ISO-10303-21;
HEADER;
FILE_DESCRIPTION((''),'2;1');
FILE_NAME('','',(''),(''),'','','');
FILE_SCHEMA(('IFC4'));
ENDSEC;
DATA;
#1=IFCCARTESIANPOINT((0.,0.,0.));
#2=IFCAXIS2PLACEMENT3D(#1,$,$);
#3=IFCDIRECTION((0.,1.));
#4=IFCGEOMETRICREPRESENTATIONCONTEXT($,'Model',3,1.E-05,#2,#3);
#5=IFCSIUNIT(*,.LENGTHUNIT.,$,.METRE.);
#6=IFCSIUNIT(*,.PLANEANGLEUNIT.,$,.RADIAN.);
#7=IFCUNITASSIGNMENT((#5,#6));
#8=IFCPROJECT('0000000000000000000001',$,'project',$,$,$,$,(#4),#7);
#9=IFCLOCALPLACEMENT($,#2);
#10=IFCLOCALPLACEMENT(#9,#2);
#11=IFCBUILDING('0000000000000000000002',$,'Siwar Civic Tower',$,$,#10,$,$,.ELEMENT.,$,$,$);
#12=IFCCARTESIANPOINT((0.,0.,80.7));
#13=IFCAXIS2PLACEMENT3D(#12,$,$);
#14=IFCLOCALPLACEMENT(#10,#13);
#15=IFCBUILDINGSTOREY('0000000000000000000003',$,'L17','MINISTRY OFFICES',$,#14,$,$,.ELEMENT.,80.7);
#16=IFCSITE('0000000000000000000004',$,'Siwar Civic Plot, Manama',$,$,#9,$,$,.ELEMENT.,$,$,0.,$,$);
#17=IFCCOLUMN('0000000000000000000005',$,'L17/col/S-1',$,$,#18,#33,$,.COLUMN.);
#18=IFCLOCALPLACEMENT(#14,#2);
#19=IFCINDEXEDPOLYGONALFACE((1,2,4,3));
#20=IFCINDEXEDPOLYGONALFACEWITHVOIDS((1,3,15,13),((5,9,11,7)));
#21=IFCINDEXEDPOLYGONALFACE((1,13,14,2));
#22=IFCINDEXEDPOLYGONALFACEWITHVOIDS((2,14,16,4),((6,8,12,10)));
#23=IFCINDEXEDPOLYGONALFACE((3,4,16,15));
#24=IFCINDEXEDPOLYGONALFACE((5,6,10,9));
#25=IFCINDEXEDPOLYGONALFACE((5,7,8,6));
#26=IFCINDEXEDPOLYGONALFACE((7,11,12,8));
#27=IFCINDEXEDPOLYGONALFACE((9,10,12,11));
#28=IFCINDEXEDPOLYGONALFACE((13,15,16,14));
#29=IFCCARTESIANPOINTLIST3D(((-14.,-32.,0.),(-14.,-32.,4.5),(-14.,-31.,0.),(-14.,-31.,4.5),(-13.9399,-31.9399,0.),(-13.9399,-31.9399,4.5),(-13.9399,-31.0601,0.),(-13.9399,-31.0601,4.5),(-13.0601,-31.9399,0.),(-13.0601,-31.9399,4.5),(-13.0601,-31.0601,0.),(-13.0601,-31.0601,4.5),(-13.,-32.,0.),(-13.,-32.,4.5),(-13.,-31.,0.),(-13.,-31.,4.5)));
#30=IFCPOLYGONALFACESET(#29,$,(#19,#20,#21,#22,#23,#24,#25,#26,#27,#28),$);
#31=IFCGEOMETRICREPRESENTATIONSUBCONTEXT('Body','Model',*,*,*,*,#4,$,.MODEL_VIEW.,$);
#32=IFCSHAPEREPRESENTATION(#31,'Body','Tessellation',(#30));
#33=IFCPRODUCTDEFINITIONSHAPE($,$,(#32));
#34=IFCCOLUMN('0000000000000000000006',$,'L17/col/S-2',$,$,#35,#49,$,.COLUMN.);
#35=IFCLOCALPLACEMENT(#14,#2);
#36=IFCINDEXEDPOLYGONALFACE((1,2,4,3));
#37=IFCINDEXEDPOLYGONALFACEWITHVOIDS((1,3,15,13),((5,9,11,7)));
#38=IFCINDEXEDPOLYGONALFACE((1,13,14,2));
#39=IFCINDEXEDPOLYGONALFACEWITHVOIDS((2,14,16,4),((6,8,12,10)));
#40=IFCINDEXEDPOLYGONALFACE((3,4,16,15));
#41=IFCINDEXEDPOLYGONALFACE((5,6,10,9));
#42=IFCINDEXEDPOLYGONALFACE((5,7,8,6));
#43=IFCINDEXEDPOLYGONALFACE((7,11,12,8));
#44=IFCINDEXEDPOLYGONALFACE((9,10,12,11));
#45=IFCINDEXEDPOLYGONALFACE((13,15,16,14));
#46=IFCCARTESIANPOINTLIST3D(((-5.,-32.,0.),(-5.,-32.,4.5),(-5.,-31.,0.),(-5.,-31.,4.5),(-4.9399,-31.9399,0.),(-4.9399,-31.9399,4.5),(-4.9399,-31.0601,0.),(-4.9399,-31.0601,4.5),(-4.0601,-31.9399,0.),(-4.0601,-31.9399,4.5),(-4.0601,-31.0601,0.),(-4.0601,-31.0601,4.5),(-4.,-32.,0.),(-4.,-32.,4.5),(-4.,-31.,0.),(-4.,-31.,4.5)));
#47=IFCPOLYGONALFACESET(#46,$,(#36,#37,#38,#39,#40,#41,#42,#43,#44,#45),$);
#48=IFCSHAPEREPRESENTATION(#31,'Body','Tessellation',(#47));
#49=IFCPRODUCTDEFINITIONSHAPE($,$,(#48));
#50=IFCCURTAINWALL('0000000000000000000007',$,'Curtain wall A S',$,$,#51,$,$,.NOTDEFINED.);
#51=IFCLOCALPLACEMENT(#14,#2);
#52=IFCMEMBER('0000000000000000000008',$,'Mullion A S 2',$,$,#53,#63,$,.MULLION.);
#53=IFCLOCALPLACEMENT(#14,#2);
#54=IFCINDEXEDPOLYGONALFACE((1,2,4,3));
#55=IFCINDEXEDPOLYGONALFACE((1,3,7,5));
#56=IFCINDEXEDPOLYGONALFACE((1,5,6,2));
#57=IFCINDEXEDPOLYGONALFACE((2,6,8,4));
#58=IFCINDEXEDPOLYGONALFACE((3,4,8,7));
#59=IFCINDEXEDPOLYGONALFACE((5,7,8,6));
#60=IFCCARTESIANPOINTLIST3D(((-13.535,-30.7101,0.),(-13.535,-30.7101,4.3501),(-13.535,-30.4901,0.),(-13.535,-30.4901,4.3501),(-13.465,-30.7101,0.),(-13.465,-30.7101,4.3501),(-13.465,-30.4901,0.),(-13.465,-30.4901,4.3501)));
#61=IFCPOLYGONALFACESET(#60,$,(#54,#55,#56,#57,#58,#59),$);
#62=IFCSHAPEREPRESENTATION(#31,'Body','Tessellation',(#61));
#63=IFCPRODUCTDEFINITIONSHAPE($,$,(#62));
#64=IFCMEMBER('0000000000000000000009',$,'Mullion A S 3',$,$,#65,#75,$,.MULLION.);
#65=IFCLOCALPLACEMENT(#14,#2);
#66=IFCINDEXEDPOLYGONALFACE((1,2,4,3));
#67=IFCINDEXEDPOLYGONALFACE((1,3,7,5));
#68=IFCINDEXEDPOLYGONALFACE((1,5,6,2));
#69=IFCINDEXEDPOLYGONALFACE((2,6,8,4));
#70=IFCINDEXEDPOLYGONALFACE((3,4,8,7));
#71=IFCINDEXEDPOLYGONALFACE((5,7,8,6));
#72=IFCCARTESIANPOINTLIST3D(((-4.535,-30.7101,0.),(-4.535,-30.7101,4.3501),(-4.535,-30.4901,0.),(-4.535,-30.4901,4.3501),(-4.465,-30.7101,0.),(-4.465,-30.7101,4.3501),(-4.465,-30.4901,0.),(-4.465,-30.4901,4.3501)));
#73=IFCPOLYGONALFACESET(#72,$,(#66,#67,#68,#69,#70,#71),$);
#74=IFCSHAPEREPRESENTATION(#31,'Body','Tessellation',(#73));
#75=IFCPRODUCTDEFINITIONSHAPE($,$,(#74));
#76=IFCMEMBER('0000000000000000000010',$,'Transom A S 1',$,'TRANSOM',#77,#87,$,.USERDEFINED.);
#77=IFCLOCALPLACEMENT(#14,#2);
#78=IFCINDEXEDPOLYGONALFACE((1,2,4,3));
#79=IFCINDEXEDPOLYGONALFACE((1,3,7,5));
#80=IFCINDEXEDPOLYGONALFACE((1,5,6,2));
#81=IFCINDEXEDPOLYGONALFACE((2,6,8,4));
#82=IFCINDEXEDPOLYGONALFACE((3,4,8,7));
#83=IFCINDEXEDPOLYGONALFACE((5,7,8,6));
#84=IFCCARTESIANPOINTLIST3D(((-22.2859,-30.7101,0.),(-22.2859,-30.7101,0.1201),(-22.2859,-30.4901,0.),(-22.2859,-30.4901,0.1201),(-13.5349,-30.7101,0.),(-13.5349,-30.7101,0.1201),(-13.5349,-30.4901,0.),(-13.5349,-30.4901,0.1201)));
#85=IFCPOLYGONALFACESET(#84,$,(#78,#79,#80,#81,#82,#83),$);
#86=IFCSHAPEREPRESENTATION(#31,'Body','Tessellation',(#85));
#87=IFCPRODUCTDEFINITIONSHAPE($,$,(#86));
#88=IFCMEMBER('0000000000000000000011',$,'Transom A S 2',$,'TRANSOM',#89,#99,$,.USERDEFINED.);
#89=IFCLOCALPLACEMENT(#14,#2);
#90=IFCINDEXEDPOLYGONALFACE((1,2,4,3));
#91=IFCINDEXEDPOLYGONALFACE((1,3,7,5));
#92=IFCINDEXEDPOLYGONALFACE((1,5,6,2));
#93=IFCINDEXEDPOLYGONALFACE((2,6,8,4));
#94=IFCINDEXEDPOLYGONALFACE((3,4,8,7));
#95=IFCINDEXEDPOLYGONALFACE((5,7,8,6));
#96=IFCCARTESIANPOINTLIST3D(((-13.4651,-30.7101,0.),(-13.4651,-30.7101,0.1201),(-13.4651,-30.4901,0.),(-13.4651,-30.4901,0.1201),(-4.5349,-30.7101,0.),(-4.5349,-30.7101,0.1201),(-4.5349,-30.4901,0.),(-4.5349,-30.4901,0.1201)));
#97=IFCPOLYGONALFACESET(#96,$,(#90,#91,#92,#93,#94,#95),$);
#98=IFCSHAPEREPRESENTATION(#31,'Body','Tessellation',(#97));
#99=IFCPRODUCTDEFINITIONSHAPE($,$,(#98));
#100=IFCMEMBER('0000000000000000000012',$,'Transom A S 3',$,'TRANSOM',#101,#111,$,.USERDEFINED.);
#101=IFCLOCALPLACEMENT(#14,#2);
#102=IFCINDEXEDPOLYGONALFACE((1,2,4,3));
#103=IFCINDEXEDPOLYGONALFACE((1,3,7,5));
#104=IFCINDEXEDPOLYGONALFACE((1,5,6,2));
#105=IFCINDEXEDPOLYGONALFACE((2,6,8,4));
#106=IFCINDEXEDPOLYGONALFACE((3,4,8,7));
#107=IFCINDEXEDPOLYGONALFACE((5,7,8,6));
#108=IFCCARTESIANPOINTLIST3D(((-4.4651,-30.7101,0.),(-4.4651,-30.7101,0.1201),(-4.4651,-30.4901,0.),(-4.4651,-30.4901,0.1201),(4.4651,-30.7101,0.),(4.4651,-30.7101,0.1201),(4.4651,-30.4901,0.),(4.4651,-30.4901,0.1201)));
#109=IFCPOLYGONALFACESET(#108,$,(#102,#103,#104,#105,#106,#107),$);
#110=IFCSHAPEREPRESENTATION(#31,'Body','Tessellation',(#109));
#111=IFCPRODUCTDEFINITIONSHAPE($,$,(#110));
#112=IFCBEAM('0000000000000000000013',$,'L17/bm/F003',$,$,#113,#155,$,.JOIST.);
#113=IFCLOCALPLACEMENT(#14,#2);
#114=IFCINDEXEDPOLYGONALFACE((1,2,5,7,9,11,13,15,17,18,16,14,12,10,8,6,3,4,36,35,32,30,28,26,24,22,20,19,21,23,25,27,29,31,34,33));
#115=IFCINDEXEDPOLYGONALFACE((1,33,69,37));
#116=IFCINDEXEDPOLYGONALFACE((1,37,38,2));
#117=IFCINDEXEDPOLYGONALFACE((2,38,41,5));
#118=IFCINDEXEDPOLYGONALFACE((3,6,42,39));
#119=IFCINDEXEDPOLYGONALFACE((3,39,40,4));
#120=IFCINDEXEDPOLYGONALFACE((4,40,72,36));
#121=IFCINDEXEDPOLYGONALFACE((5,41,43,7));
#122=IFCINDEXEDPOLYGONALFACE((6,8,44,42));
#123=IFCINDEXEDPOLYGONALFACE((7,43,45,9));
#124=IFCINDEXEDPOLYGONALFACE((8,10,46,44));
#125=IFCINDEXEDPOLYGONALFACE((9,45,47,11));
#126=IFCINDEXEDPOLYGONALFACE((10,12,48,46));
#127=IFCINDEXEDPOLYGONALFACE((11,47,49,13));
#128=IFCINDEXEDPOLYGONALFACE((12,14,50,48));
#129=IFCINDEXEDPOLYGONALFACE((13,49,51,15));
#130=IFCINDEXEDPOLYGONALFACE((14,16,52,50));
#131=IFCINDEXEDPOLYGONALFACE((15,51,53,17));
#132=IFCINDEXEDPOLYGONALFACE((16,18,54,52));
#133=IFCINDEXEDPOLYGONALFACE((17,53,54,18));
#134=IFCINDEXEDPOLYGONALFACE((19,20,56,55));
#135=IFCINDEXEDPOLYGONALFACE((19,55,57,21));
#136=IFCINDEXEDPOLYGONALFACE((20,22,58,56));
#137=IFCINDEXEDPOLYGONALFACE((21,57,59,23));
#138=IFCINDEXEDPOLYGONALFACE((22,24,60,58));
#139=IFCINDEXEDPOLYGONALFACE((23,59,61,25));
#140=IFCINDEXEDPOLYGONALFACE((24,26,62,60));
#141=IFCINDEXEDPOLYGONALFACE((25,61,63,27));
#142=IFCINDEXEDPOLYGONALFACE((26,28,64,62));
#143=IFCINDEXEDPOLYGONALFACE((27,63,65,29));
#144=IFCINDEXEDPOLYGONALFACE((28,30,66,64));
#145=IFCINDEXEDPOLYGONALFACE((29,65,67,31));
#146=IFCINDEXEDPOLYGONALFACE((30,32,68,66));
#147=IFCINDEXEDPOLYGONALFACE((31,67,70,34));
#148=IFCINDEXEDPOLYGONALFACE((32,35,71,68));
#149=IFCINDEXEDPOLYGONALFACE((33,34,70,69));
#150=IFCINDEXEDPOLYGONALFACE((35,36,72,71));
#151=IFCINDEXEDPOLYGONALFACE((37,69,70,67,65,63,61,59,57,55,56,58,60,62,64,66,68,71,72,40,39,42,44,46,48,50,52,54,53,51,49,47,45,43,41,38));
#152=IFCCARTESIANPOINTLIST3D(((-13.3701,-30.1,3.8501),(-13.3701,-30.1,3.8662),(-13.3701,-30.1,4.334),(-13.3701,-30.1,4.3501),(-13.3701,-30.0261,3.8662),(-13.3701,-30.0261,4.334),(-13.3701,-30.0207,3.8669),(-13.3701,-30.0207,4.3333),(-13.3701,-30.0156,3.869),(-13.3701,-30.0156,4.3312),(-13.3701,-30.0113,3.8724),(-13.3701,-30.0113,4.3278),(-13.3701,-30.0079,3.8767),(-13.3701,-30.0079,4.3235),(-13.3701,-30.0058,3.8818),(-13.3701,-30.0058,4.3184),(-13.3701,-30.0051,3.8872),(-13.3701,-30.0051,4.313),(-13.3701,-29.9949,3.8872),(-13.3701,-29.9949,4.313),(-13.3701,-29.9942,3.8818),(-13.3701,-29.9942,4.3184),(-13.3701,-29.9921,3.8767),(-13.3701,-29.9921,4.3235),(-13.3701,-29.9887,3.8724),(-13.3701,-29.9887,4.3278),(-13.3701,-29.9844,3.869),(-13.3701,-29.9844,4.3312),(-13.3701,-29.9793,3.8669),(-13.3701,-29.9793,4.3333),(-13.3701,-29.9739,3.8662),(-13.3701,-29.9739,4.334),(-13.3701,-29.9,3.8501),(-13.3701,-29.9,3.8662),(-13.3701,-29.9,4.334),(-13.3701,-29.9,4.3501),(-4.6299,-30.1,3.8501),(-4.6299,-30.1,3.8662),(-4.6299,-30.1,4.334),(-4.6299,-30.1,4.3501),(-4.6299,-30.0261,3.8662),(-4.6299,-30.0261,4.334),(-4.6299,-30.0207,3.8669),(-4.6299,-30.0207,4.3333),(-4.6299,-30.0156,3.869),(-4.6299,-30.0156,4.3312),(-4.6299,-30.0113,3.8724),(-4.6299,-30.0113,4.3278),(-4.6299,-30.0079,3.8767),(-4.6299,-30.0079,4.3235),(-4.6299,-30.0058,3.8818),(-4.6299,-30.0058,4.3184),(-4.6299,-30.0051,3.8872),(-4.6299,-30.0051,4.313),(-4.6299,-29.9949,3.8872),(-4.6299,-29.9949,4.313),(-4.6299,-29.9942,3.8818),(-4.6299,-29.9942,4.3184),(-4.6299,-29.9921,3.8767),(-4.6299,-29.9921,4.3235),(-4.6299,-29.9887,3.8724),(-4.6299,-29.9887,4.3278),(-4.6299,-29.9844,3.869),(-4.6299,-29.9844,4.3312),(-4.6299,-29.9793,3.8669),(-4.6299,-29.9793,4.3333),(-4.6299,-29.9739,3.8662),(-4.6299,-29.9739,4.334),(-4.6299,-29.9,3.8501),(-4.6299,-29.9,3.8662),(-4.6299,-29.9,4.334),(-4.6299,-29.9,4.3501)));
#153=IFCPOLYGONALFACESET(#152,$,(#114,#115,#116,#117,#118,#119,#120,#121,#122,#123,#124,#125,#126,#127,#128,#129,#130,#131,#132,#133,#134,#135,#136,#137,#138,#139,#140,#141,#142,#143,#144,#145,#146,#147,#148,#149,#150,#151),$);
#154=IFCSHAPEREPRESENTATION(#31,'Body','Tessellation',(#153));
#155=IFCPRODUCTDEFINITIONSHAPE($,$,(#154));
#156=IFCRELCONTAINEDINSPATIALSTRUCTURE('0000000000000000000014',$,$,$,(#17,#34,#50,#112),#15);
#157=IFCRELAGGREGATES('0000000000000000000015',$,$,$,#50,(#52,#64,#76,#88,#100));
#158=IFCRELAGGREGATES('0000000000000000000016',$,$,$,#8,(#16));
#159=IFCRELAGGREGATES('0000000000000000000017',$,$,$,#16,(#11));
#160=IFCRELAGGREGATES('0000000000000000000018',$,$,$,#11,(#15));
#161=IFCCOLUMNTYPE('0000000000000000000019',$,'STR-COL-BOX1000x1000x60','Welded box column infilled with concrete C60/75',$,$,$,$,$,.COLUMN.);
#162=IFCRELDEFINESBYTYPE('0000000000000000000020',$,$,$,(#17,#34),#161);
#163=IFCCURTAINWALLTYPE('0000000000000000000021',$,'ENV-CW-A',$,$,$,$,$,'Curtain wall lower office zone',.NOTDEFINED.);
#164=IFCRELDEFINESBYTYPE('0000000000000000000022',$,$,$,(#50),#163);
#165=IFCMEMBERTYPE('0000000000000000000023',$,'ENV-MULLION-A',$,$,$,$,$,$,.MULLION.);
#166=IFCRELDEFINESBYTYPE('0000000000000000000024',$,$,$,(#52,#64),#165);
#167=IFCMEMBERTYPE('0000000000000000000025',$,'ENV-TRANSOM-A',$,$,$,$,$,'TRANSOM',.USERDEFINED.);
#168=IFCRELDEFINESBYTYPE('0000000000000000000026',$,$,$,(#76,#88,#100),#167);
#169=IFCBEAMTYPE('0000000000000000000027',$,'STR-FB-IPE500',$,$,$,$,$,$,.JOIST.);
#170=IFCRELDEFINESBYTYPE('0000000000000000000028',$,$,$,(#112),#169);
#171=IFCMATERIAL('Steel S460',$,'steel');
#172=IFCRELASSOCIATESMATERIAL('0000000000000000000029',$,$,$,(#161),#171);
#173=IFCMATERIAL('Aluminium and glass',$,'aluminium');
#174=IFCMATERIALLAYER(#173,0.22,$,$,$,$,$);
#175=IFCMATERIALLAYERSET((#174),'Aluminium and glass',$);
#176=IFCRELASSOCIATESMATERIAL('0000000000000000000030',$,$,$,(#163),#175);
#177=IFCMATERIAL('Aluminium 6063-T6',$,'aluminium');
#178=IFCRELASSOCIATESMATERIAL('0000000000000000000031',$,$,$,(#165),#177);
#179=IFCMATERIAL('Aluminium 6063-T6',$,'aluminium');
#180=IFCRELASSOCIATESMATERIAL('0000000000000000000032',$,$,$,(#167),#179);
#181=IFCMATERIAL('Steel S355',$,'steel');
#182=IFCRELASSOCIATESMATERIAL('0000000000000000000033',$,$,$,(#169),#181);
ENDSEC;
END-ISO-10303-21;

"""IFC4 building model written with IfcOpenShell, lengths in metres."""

from ifc_helpers import new_model, si_unit, direction, frame, origin, origin_2d, place, context, subcontext, project, spatial, rectangle, hollow_rectangle, i_section, extrude, material, layer, layer_set, material_profile, profile_set, type_object, element, aggregate, save


model = new_model("IFC4")

# Units and contexts
model_context = context("Model", 3, precision=1e-05, world=origin(), true_north=direction((0.0, 1.0)))
body_context = subcontext(model_context, "Body", "Model", "MODEL_VIEW")
ifc_project = project(units=[si_unit("LENGTHUNIT", "METRE"), si_unit("PLANEANGLEUNIT", "RADIAN")], contexts=[model_context])

# Site, building, storey
site_placement = place(None, origin())
site = spatial("IfcSite", under=ifc_project, at=site_placement, Name="Siwar Civic Plot, Manama", CompositionType="ELEMENT", RefElevation=0.0)
building_placement = place(site_placement, origin())
building = spatial("IfcBuilding", under=site, at=building_placement, Name="Siwar Civic Tower", CompositionType="ELEMENT")
storey_placement = place(building_placement, frame((0.0, 0.0, 80.7)))
storey = spatial("IfcBuildingStorey", under=building, at=storey_placement, Name="L17", Description="MINISTRY OFFICES", CompositionType="ELEMENT", Elevation=80.7)

# Columns
ifc_material_1 = material(Name="Steel S460", Category="steel")
ifc_material_profile_1 = material_profile(ifc_material_1, hollow_rectangle(XDim=1.0, YDim=1.0, WallThickness=0.0601, at=origin_2d()), Name="BOX1000x1000x60")
ifc_profile_set_1 = profile_set([ifc_material_profile_1], Name="Steel S460")
column_type = type_object("IfcColumnType", Name="STR-COL-BOX1000x1000x60", Description="Welded box column infilled with concrete C60/75", PredefinedType="COLUMN", material=ifc_profile_set_1)
for number, where, z_axis, x_axis, name in (
    (1, (-13.5, -31.5, 0.0), (0.0, 0.0, 1.0), (1.0, 0.0, 0.0), "L17/col/S-1"),
    (2, (-4.5, -31.5, 0.0), (0.0, 0.0, 1.0), (1.0, 0.0, 0.0), "L17/col/S-2"),
):
    element("IfcColumn", number, at=place(storey_placement, frame(where, z_axis=z_axis, x_axis=x_axis)), inside=storey, type_object=column_type, Name=name, PredefinedType="COLUMN", context=body_context, shape_type="SweptSolid", body=[
        extrude(hollow_rectangle(XDim=1.0, YDim=1.0, WallThickness=0.0601, at=origin_2d()), origin(), (0.0, 0.0, 1.0), 4.5),
    ])

# Curtain wall, members
ifc_material_2 = material(Name="Aluminium and glass", Category="aluminium")
ifc_layer_1 = layer(ifc_material_2, 0.22)
ifc_layer_set_1 = layer_set([ifc_layer_1], Name="Aluminium and glass")
curtain_wall_type = type_object("IfcCurtainWallType", Name="ENV-CW-A", ElementType="Curtain wall lower office zone", PredefinedType="NOTDEFINED", material=ifc_layer_set_1)
curtain_wall_placement = place(storey_placement, origin())
curtain_wall = element("IfcCurtainWall", 3, at=curtain_wall_placement, inside=storey, type_object=curtain_wall_type, Name="Curtain wall A S", PredefinedType="NOTDEFINED")
ifc_material_3 = material(Name="Aluminium 6063-T6", Category="aluminium")
ifc_material_profile_2 = material_profile(ifc_material_3, rectangle(XDim=0.22, YDim=0.0701, at=origin_2d()), Name="AL 220x70")
ifc_profile_set_2 = profile_set([ifc_material_profile_2], Name="Aluminium 6063-T6")
member_type_1 = type_object("IfcMemberType", Name="ENV-MULLION-A", PredefinedType="MULLION", material=ifc_profile_set_2)
member_1_placement = place(storey_placement, frame((-13.5, -30.6001, 0.0), z_axis=(0.0, 0.0, 1.0), x_axis=(0.0, 1.0, 0.0)))
member_1 = element("IfcMember", 4, at=member_1_placement, type_object=member_type_1, Name="Mullion A S 2", PredefinedType="MULLION", context=body_context, shape_type="SweptSolid", body=[
    extrude(rectangle(XDim=0.22, YDim=0.0701, at=origin_2d()), origin(), (0.0, 0.0, 1.0), 4.3501),
])
member_2_placement = place(storey_placement, frame((-4.5, -30.6001, 0.0), z_axis=(0.0, 0.0, 1.0), x_axis=(0.0, 1.0, 0.0)))
member_2 = element("IfcMember", 5, at=member_2_placement, type_object=member_type_1, Name="Mullion A S 3", PredefinedType="MULLION", context=body_context, shape_type="SweptSolid", body=[
    extrude(rectangle(XDim=0.22, YDim=0.0701, at=origin_2d()), origin(), (0.0, 0.0, 1.0), 4.3501),
])
ifc_material_4 = material(Name="Aluminium 6063-T6", Category="aluminium")
ifc_material_profile_3 = material_profile(ifc_material_4, rectangle(XDim=0.22, YDim=0.1201, at=origin_2d()), Name="AL 220x120")
ifc_profile_set_3 = profile_set([ifc_material_profile_3], Name="Aluminium 6063-T6")
member_type_2 = type_object("IfcMemberType", Name="ENV-TRANSOM-A", ElementType="TRANSOM", PredefinedType="USERDEFINED", material=ifc_profile_set_3)
member_3_placement = place(storey_placement, frame((-22.2859, -30.6001, 0.0601), z_axis=(1.0, 0.0, 0.0), x_axis=(0.0, 1.0, 0.0)))
member_3 = element("IfcMember", 6, at=member_3_placement, type_object=member_type_2, Name="Transom A S 1", ObjectType="TRANSOM", PredefinedType="USERDEFINED", context=body_context, shape_type="SweptSolid", body=[
    extrude(rectangle(XDim=0.22, YDim=0.1201, at=origin_2d()), origin(), (0.0, 0.0, 1.0), 8.751),
])
member_4_placement = place(storey_placement, frame((-13.4651, -30.6001, 0.0601), z_axis=(1.0, 0.0, 0.0), x_axis=(0.0, 1.0, 0.0)))
member_4 = element("IfcMember", 7, at=member_4_placement, type_object=member_type_2, Name="Transom A S 2", ObjectType="TRANSOM", PredefinedType="USERDEFINED", context=body_context, shape_type="SweptSolid", body=[
    extrude(rectangle(XDim=0.22, YDim=0.1201, at=origin_2d()), origin(), (0.0, 0.0, 1.0), 8.9302),
])
member_5_placement = place(storey_placement, frame((-4.4651, -30.6001, 0.0601), z_axis=(1.0, 0.0, 0.0), x_axis=(0.0, 1.0, 0.0)))
member_5 = element("IfcMember", 8, at=member_5_placement, type_object=member_type_2, Name="Transom A S 3", ObjectType="TRANSOM", PredefinedType="USERDEFINED", context=body_context, shape_type="SweptSolid", body=[
    extrude(rectangle(XDim=0.22, YDim=0.1201, at=origin_2d()), origin(), (0.0, 0.0, 1.0), 8.9302),
])

# Beam
ifc_material_5 = material(Name="Steel S355", Category="steel")
ifc_material_profile_4 = material_profile(ifc_material_5, i_section(OverallWidth=0.2, OverallDepth=0.5, WebThickness=0.0103, FlangeThickness=0.0161, FilletRadius=0.021, at=origin_2d()), Name="IPE500")
ifc_profile_set_4 = profile_set([ifc_material_profile_4], Name="Steel S355")
beam_type_1 = type_object("IfcBeamType", Name="STR-FB-IPE500", PredefinedType="JOIST", material=ifc_profile_set_4)
for number, where, z_axis, x_axis, name in (
    (9, (-13.3701, -30.0, 4.1001), (1.0, 0.0, 0.0), (0.0, 1.0, 0.0), "L17/bm/F003"),
):
    element("IfcBeam", number, at=place(storey_placement, frame(where, z_axis=z_axis, x_axis=x_axis)), inside=storey, type_object=beam_type_1, Name=name, PredefinedType="JOIST", context=body_context, shape_type="SweptSolid", body=[
        extrude(i_section(OverallWidth=0.2, OverallDepth=0.5, WebThickness=0.0103, FlangeThickness=0.0161, FilletRadius=0.021, at=origin_2d()), origin(), (0.0, 0.0, 1.0), 8.7402),
    ])

aggregate(curtain_wall, [member_1, member_2, member_3, member_4, member_5])

save(model, "model.ifc")
